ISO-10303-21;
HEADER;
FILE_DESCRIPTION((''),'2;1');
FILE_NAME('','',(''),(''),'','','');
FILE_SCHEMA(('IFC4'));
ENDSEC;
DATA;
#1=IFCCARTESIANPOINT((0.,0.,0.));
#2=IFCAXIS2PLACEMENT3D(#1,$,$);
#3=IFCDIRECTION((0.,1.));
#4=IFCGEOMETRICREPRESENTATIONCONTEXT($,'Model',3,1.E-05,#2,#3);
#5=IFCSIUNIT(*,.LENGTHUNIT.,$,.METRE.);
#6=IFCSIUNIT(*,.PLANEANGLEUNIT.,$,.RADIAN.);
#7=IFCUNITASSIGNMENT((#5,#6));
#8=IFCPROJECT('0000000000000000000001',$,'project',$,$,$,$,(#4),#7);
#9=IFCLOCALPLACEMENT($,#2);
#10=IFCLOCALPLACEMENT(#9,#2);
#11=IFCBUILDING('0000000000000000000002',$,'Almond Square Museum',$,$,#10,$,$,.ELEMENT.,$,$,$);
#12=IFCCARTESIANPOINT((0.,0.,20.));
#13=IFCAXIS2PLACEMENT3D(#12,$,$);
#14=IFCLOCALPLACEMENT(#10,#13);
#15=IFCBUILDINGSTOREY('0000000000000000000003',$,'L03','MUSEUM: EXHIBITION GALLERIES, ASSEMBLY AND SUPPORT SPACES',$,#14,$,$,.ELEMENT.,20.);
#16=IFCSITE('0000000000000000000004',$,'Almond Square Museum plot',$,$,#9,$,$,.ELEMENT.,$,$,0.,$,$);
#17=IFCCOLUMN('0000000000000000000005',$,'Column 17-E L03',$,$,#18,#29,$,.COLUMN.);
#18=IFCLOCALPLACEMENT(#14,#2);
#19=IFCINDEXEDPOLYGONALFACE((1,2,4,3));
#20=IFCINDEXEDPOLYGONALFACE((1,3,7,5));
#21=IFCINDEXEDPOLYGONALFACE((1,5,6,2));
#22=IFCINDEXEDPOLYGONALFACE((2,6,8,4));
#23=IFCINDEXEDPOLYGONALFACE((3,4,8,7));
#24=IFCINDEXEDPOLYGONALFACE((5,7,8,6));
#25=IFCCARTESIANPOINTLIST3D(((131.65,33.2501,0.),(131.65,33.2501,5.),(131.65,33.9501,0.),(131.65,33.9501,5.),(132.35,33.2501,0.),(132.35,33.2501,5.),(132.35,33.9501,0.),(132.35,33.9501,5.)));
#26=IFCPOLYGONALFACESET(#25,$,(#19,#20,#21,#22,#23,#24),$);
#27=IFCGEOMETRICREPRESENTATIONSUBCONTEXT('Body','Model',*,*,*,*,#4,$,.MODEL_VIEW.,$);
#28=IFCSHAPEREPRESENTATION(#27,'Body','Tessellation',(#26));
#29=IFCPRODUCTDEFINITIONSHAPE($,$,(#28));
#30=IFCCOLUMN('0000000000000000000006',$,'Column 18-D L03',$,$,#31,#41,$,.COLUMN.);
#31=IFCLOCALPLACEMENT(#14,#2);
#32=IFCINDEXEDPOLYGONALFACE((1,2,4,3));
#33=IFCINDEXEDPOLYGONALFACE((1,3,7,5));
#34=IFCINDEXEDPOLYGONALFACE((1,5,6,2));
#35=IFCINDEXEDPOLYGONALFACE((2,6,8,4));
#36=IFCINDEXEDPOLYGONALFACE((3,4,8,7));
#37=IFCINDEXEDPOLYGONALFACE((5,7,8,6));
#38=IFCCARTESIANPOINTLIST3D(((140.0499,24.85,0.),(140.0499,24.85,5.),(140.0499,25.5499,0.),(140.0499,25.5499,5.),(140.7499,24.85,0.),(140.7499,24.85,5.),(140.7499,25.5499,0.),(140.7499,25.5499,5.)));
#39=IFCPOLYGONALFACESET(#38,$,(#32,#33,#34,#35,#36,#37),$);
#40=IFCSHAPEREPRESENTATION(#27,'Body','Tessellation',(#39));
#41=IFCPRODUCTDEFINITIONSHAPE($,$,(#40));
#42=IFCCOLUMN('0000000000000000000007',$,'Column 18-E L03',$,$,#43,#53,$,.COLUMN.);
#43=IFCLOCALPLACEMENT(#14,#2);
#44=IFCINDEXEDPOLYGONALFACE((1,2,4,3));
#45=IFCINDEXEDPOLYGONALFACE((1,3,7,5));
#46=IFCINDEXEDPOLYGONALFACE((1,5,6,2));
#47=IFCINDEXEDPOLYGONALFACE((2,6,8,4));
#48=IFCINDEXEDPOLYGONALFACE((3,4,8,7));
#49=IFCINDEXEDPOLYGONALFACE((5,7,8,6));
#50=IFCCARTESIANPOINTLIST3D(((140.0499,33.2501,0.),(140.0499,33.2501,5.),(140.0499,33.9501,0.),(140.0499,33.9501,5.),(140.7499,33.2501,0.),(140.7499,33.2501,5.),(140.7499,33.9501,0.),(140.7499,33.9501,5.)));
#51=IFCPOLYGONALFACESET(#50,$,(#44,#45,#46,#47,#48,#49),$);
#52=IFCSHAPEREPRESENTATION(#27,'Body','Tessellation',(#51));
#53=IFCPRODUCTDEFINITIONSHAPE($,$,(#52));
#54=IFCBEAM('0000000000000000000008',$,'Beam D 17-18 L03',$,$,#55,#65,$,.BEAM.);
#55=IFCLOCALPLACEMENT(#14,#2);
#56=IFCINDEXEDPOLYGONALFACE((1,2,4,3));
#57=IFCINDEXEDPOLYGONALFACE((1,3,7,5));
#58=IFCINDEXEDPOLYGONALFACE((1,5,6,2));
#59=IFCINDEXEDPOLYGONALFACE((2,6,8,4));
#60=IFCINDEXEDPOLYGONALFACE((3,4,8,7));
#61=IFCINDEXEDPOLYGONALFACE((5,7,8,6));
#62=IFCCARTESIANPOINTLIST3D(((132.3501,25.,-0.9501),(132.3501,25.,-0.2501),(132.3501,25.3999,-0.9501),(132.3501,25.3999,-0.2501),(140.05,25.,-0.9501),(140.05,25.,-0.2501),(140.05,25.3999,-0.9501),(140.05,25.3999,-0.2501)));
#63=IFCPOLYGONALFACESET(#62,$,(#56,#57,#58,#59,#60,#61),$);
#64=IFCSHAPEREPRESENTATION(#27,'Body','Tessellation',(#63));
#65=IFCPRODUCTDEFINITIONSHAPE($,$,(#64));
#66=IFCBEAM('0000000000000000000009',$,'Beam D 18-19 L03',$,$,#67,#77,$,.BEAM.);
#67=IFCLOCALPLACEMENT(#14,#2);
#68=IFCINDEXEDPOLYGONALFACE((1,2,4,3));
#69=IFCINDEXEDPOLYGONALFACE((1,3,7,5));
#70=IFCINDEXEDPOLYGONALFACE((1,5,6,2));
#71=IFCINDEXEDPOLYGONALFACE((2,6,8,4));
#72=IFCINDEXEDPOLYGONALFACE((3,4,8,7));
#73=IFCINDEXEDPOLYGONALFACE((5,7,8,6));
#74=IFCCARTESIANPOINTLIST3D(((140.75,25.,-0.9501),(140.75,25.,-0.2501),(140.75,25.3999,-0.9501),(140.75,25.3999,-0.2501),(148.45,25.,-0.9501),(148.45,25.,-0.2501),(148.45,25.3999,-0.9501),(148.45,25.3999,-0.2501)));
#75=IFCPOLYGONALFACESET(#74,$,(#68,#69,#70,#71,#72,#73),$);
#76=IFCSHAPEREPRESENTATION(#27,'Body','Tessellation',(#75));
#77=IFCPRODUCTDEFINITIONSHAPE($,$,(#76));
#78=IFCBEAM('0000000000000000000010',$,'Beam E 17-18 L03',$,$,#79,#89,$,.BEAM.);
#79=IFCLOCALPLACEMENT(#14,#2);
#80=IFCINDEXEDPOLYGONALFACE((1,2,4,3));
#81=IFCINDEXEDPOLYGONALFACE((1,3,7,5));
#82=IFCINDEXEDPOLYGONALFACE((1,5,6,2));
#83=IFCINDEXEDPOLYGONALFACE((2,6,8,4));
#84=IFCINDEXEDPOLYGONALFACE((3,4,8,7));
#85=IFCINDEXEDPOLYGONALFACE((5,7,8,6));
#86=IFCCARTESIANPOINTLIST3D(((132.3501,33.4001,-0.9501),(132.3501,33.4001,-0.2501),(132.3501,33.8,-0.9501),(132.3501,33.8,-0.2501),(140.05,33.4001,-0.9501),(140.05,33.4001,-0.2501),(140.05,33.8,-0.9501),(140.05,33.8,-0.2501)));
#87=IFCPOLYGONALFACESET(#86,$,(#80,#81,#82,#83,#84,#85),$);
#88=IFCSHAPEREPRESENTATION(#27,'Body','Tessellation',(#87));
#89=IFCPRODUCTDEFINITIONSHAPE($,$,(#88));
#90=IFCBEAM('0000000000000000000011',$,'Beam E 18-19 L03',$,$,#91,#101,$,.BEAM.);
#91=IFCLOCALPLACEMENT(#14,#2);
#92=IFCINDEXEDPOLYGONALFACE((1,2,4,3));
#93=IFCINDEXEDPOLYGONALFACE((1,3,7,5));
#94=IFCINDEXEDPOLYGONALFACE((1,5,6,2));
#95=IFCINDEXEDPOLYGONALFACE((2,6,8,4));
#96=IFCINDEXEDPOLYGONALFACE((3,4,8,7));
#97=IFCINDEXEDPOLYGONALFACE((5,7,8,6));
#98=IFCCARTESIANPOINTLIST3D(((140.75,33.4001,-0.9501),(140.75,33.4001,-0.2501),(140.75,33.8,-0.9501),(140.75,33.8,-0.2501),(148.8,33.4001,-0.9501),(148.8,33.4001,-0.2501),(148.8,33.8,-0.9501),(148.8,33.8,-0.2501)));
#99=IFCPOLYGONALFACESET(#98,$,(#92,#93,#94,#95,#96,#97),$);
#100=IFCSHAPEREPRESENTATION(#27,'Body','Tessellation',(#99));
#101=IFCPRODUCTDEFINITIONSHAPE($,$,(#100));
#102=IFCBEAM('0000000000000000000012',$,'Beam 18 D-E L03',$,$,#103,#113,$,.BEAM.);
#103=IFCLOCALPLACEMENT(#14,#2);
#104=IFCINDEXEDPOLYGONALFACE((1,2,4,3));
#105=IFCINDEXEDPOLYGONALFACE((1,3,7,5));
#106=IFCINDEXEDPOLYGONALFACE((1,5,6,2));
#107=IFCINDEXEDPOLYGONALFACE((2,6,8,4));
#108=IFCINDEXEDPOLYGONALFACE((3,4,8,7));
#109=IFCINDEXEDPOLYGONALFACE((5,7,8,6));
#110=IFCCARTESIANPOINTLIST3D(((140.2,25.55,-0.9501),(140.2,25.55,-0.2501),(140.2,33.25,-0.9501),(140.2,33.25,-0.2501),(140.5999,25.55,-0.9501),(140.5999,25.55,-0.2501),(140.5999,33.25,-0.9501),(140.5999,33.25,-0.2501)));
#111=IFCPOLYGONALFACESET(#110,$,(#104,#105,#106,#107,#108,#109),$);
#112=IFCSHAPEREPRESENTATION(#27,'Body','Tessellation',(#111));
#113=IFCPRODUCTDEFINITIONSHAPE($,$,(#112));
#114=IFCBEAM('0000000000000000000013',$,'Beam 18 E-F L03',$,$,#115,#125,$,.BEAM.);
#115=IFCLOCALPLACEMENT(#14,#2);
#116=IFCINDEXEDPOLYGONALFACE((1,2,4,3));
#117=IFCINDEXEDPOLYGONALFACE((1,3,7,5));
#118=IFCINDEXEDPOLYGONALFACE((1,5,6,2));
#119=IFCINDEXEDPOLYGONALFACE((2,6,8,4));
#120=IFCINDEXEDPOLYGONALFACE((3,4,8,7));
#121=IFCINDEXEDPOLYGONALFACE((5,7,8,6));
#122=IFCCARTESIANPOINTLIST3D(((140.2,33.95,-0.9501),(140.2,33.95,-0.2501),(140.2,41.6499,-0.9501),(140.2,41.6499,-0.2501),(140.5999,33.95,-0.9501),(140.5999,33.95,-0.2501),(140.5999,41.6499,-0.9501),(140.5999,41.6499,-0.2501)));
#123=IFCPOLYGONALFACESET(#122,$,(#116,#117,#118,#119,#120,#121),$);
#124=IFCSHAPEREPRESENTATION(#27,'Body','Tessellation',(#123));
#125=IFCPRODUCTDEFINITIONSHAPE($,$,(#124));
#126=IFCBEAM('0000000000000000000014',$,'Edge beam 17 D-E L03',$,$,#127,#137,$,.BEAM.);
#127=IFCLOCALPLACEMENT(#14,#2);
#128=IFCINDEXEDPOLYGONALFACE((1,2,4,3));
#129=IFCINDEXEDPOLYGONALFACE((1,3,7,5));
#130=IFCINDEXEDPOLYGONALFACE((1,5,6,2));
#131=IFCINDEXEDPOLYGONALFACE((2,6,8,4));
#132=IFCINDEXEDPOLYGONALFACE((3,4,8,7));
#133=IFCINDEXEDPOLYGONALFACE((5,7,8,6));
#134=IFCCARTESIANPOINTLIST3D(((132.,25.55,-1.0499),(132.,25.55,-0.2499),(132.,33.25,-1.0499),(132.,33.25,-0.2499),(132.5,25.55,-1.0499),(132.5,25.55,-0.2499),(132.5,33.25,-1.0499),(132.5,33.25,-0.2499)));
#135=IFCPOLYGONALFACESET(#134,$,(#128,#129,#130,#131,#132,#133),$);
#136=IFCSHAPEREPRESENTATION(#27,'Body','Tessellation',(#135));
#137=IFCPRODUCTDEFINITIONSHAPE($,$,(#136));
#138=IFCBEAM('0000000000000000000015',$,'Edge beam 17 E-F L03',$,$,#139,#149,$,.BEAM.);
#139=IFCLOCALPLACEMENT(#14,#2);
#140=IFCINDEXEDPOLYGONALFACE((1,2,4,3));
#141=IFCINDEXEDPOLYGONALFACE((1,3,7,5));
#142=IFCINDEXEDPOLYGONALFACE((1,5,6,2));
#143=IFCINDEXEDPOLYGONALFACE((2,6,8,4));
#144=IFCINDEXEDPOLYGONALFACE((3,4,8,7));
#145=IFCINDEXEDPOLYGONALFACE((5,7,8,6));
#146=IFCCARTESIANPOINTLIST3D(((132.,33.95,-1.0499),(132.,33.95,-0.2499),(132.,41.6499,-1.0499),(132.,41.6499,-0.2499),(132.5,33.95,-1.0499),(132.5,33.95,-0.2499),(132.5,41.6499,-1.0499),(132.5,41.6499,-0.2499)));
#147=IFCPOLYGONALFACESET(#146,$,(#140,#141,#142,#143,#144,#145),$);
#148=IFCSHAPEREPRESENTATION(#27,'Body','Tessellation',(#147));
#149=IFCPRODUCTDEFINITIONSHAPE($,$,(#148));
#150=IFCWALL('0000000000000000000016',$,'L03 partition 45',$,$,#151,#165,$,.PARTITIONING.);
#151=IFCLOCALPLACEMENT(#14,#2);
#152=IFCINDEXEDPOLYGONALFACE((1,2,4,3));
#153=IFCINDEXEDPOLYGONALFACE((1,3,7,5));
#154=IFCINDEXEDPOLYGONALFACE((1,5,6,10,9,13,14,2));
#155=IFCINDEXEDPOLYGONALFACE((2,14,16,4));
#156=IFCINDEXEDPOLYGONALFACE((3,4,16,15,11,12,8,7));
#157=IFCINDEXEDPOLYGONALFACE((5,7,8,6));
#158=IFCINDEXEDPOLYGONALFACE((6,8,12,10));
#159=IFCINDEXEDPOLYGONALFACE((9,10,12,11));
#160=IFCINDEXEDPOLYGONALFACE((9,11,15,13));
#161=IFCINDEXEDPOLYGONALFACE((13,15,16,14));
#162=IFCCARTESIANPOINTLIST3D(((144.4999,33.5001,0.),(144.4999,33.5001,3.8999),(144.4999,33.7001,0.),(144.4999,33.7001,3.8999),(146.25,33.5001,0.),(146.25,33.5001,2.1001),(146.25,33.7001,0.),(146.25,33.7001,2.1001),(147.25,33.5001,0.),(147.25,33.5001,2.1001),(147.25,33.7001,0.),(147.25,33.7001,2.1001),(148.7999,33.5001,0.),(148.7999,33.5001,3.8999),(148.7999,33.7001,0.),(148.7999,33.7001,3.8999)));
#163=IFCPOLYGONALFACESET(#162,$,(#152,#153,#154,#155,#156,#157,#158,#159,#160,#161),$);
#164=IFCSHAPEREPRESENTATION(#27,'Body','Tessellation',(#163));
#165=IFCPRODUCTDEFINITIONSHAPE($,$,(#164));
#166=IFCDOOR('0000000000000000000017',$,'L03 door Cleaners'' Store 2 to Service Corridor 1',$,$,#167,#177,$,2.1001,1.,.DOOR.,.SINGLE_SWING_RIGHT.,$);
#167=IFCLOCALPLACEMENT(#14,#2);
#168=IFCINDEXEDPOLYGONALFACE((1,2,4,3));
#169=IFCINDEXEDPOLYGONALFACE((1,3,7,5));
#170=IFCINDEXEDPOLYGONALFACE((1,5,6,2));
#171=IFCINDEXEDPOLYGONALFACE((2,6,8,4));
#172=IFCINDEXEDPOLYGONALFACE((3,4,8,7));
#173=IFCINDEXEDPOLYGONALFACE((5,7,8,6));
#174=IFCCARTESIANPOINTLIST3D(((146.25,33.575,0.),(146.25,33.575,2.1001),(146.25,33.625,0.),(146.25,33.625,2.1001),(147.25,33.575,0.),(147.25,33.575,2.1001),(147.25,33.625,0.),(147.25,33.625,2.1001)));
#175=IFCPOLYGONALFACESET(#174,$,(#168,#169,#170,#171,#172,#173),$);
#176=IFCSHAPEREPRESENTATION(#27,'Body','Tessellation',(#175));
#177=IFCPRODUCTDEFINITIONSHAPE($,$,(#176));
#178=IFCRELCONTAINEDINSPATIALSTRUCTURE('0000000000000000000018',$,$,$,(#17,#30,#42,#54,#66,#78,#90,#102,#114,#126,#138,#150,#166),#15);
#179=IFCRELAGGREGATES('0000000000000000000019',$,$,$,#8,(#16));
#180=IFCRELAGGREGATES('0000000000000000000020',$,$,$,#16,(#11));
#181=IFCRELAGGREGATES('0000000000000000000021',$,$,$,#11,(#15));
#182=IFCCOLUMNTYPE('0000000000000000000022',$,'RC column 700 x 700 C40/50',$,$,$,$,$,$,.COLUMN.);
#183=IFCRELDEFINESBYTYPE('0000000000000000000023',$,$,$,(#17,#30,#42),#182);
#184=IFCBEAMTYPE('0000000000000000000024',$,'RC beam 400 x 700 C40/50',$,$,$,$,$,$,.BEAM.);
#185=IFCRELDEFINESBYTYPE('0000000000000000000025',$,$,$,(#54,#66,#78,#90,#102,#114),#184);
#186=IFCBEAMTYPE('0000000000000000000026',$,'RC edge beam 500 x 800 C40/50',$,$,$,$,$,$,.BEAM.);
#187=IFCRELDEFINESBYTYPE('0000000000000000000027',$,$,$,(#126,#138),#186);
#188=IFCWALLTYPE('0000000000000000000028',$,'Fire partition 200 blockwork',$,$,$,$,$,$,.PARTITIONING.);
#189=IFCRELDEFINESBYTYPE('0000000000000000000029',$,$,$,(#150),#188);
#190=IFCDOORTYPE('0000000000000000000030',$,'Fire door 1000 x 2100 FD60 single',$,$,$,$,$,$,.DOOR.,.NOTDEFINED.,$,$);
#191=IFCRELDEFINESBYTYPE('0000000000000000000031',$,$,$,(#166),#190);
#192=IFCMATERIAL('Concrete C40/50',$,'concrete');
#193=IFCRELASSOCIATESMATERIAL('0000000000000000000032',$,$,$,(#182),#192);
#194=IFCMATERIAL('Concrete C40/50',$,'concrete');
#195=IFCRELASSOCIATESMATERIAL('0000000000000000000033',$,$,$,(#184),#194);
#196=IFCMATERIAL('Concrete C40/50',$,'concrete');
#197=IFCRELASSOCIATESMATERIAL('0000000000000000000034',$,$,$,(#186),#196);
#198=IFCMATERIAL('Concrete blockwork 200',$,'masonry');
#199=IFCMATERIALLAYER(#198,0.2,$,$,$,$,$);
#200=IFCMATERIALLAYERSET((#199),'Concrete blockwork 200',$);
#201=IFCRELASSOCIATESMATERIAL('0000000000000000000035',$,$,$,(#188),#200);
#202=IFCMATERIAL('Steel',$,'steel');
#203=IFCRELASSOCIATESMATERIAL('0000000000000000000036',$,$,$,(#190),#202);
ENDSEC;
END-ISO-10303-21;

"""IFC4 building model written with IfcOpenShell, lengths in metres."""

from ifc_helpers import new_model, si_unit, direction, frame, frame_2d, origin, origin_2d, place, context, subcontext, project, spatial, rectangle, extrude, material, layer, layer_set, material_profile, profile_set, type_object, element, fill, save


model = new_model("IFC4")

# Units and contexts
model_context = context("Model", 3, precision=1e-05, world=origin(), true_north=direction((0.0, 1.0)))
body_context = subcontext(model_context, "Body", "Model", "MODEL_VIEW")
ifc_project = project(units=[si_unit("LENGTHUNIT", "METRE"), si_unit("PLANEANGLEUNIT", "RADIAN")], contexts=[model_context])

# Site, building, storey
site_placement = place(None, origin())
site = spatial("IfcSite", under=ifc_project, at=site_placement, Name="Almond Square Museum plot", CompositionType="ELEMENT", RefElevation=0.0)
building_placement = place(site_placement, origin())
building = spatial("IfcBuilding", under=site, at=building_placement, Name="Almond Square Museum", CompositionType="ELEMENT")
storey_placement = place(building_placement, frame((0.0, 0.0, 20.0)))
storey = spatial("IfcBuildingStorey", under=building, at=storey_placement, Name="L03", Description="MUSEUM: EXHIBITION GALLERIES, ASSEMBLY AND SUPPORT SPACES", CompositionType="ELEMENT", Elevation=20.0)

# Columns
ifc_material_1 = material(Name="Concrete C40/50", Category="concrete")
ifc_material_profile_1 = material_profile(ifc_material_1, rectangle(XDim=0.7, YDim=0.7, at=origin_2d()))
ifc_profile_set_1 = profile_set([ifc_material_profile_1], Name="Concrete C40/50")
column_type = type_object("IfcColumnType", Name="RC column 700 x 700 C40/50", PredefinedType="COLUMN", material=ifc_profile_set_1)
for number, where, z_axis, x_axis, name in (
    (1, (132.0, 33.6001, 0.0), (0.0, 0.0, 1.0), (1.0, 0.0, 0.0), "Column 17-E L03"),
    (2, (140.3999, 25.2, 0.0), (0.0, 0.0, 1.0), (1.0, 0.0, 0.0), "Column 18-D L03"),
    (3, (140.3999, 33.6001, 0.0), (0.0, 0.0, 1.0), (1.0, 0.0, 0.0), "Column 18-E L03"),
):
    element("IfcColumn", number, at=place(storey_placement, frame(where, z_axis=z_axis, x_axis=x_axis)), inside=storey, type_object=column_type, Name=name, PredefinedType="COLUMN", context=body_context, shape_type="SweptSolid", body=[
        extrude(rectangle(XDim=0.7, YDim=0.7, at=origin_2d()), origin(), (0.0, 0.0, 1.0), 5.0),
    ])

# Beams
ifc_material_2 = material(Name="Concrete C40/50", Category="concrete")
ifc_material_profile_2 = material_profile(ifc_material_2, rectangle(XDim=0.3999, YDim=0.7, at=origin_2d()))
ifc_profile_set_2 = profile_set([ifc_material_profile_2], Name="Concrete C40/50")
beam_type_1 = type_object("IfcBeamType", Name="RC beam 400 x 700 C40/50", PredefinedType="BEAM", material=ifc_profile_set_2)
for number, where, z_axis, x_axis, name in (
    (4, (132.3501, 25.2, -0.6001), (1.0, 0.0, 0.0), (0.0, 1.0, 0.0), "Beam D 17-18 L03"),
    (5, (140.75, 25.2, -0.6001), (1.0, 0.0, 0.0), (0.0, 1.0, 0.0), "Beam D 18-19 L03"),
    (6, (132.3501, 33.6001, -0.6001), (1.0, 0.0, 0.0), (0.0, 1.0, 0.0), "Beam E 17-18 L03"),
):
    element("IfcBeam", number, at=place(storey_placement, frame(where, z_axis=z_axis, x_axis=x_axis)), inside=storey, type_object=beam_type_1, Name=name, PredefinedType="BEAM", context=body_context, shape_type="SweptSolid", body=[
        extrude(rectangle(XDim=0.3999, YDim=0.7, at=origin_2d()), origin(), (0.0, 0.0, 1.0), 7.7),
    ])
beam_placement = place(storey_placement, frame((140.75, 33.6001, -0.6001), z_axis=(1.0, 0.0, 0.0), x_axis=(0.0, 1.0, 0.0)))
element("IfcBeam", 7, at=beam_placement, inside=storey, type_object=beam_type_1, Name="Beam E 18-19 L03", PredefinedType="BEAM", context=body_context, shape_type="SweptSolid", body=[
    extrude(rectangle(XDim=0.3999, YDim=0.7, at=origin_2d()), origin(), (0.0, 0.0, 1.0), 8.05),
])
for number, where, z_axis, x_axis, name in (
    (8, (140.3999, 25.55, -0.6001), (0.0, 1.0, 0.0), (-1.0, 0.0, 0.0), "Beam 18 D-E L03"),
    (9, (140.3999, 33.95, -0.6001), (0.0, 1.0, 0.0), (-1.0, 0.0, 0.0), "Beam 18 E-F L03"),
):
    element("IfcBeam", number, at=place(storey_placement, frame(where, z_axis=z_axis, x_axis=x_axis)), inside=storey, type_object=beam_type_1, Name=name, PredefinedType="BEAM", context=body_context, shape_type="SweptSolid", body=[
        extrude(rectangle(XDim=0.3999, YDim=0.7, at=origin_2d()), origin(), (0.0, 0.0, 1.0), 7.7),
    ])
ifc_material_3 = material(Name="Concrete C40/50", Category="concrete")
ifc_material_profile_3 = material_profile(ifc_material_3, rectangle(XDim=0.5, YDim=0.8, at=origin_2d()))
ifc_profile_set_3 = profile_set([ifc_material_profile_3], Name="Concrete C40/50")
beam_type_2 = type_object("IfcBeamType", Name="RC edge beam 500 x 800 C40/50", PredefinedType="BEAM", material=ifc_profile_set_3)
for number, where, z_axis, x_axis, name in (
    (10, (132.25, 25.55, -0.6499), (0.0, 1.0, 0.0), (-1.0, 0.0, 0.0), "Edge beam 17 D-E L03"),
    (11, (132.25, 33.95, -0.6499), (0.0, 1.0, 0.0), (-1.0, 0.0, 0.0), "Edge beam 17 E-F L03"),
):
    element("IfcBeam", number, at=place(storey_placement, frame(where, z_axis=z_axis, x_axis=x_axis)), inside=storey, type_object=beam_type_2, Name=name, PredefinedType="BEAM", context=body_context, shape_type="SweptSolid", body=[
        extrude(rectangle(XDim=0.5, YDim=0.8, at=origin_2d()), origin(), (0.0, 0.0, 1.0), 7.7),
    ])

# Wall, opening, door
ifc_material_4 = material(Name="Concrete blockwork 200", Category="masonry")
ifc_layer_1 = layer(ifc_material_4, 0.2)
ifc_layer_set_1 = layer_set([ifc_layer_1], Name="Concrete blockwork 200")
wall_type_1 = type_object("IfcWallType", Name="Fire partition 200 blockwork", PredefinedType="PARTITIONING", material=ifc_layer_set_1)
wall_1_placement = place(storey_placement, frame((144.5, 33.6001, 0.0), z_axis=(0.0, 0.0, 1.0), x_axis=(1.0, 0.0, 0.0)))
wall_1 = element("IfcWall", 12, at=wall_1_placement, inside=storey, type_object=wall_type_1, Name="L03 partition 45", PredefinedType="PARTITIONING", context=body_context, shape_type="SweptSolid", body=[
    extrude(rectangle(XDim=4.3, YDim=0.2, at=frame_2d((2.1499, 0.0))), origin(), (0.0, 0.0, 1.0), 3.8999),
])
opening_1_placement = place(wall_1_placement, frame((1.75, 0.0, 0.0)))
opening_1 = element("IfcOpeningElement", 13, at=opening_1_placement, cuts=wall_1, PredefinedType="OPENING", context=body_context, shape_type="SweptSolid", body=[
    extrude(rectangle(XDim=1.0, YDim=2.1001, at=frame_2d((0.5, 1.05))), frame((0.0, 0.1099, 0.0), z_axis=(0.0, -1.0, 0.0), x_axis=(1.0, 0.0, 0.0)), (0.0, 0.0, 1.0), 0.22),
])
ifc_material_5 = material(Name="Steel", Category="steel")
door_type = type_object("IfcDoorType", Name="Fire door 1000 x 2100 FD60 single", OperationType="NOTDEFINED", PredefinedType="DOOR", material=ifc_material_5)
door_placement = place(opening_1_placement, origin())
door = element("IfcDoor", 14, at=door_placement, inside=storey, type_object=door_type, Name="L03 door Cleaners' Store 2 to Service Corridor 1", OperationType="SINGLE_SWING_RIGHT", OverallHeight=2.1001, OverallWidth=1.0, PredefinedType="DOOR", context=body_context, shape_type="SweptSolid", body=[
    extrude(rectangle(XDim=1.0, YDim=2.1001, at=frame_2d((0.5, 1.05))), frame((0.0, 0.0249, 0.0), z_axis=(0.0, -1.0, 0.0), x_axis=(1.0, 0.0, 0.0)), (0.0, 0.0, 1.0), 0.05),
])
fill(opening_1, door)

save(model, "model.ifc")
